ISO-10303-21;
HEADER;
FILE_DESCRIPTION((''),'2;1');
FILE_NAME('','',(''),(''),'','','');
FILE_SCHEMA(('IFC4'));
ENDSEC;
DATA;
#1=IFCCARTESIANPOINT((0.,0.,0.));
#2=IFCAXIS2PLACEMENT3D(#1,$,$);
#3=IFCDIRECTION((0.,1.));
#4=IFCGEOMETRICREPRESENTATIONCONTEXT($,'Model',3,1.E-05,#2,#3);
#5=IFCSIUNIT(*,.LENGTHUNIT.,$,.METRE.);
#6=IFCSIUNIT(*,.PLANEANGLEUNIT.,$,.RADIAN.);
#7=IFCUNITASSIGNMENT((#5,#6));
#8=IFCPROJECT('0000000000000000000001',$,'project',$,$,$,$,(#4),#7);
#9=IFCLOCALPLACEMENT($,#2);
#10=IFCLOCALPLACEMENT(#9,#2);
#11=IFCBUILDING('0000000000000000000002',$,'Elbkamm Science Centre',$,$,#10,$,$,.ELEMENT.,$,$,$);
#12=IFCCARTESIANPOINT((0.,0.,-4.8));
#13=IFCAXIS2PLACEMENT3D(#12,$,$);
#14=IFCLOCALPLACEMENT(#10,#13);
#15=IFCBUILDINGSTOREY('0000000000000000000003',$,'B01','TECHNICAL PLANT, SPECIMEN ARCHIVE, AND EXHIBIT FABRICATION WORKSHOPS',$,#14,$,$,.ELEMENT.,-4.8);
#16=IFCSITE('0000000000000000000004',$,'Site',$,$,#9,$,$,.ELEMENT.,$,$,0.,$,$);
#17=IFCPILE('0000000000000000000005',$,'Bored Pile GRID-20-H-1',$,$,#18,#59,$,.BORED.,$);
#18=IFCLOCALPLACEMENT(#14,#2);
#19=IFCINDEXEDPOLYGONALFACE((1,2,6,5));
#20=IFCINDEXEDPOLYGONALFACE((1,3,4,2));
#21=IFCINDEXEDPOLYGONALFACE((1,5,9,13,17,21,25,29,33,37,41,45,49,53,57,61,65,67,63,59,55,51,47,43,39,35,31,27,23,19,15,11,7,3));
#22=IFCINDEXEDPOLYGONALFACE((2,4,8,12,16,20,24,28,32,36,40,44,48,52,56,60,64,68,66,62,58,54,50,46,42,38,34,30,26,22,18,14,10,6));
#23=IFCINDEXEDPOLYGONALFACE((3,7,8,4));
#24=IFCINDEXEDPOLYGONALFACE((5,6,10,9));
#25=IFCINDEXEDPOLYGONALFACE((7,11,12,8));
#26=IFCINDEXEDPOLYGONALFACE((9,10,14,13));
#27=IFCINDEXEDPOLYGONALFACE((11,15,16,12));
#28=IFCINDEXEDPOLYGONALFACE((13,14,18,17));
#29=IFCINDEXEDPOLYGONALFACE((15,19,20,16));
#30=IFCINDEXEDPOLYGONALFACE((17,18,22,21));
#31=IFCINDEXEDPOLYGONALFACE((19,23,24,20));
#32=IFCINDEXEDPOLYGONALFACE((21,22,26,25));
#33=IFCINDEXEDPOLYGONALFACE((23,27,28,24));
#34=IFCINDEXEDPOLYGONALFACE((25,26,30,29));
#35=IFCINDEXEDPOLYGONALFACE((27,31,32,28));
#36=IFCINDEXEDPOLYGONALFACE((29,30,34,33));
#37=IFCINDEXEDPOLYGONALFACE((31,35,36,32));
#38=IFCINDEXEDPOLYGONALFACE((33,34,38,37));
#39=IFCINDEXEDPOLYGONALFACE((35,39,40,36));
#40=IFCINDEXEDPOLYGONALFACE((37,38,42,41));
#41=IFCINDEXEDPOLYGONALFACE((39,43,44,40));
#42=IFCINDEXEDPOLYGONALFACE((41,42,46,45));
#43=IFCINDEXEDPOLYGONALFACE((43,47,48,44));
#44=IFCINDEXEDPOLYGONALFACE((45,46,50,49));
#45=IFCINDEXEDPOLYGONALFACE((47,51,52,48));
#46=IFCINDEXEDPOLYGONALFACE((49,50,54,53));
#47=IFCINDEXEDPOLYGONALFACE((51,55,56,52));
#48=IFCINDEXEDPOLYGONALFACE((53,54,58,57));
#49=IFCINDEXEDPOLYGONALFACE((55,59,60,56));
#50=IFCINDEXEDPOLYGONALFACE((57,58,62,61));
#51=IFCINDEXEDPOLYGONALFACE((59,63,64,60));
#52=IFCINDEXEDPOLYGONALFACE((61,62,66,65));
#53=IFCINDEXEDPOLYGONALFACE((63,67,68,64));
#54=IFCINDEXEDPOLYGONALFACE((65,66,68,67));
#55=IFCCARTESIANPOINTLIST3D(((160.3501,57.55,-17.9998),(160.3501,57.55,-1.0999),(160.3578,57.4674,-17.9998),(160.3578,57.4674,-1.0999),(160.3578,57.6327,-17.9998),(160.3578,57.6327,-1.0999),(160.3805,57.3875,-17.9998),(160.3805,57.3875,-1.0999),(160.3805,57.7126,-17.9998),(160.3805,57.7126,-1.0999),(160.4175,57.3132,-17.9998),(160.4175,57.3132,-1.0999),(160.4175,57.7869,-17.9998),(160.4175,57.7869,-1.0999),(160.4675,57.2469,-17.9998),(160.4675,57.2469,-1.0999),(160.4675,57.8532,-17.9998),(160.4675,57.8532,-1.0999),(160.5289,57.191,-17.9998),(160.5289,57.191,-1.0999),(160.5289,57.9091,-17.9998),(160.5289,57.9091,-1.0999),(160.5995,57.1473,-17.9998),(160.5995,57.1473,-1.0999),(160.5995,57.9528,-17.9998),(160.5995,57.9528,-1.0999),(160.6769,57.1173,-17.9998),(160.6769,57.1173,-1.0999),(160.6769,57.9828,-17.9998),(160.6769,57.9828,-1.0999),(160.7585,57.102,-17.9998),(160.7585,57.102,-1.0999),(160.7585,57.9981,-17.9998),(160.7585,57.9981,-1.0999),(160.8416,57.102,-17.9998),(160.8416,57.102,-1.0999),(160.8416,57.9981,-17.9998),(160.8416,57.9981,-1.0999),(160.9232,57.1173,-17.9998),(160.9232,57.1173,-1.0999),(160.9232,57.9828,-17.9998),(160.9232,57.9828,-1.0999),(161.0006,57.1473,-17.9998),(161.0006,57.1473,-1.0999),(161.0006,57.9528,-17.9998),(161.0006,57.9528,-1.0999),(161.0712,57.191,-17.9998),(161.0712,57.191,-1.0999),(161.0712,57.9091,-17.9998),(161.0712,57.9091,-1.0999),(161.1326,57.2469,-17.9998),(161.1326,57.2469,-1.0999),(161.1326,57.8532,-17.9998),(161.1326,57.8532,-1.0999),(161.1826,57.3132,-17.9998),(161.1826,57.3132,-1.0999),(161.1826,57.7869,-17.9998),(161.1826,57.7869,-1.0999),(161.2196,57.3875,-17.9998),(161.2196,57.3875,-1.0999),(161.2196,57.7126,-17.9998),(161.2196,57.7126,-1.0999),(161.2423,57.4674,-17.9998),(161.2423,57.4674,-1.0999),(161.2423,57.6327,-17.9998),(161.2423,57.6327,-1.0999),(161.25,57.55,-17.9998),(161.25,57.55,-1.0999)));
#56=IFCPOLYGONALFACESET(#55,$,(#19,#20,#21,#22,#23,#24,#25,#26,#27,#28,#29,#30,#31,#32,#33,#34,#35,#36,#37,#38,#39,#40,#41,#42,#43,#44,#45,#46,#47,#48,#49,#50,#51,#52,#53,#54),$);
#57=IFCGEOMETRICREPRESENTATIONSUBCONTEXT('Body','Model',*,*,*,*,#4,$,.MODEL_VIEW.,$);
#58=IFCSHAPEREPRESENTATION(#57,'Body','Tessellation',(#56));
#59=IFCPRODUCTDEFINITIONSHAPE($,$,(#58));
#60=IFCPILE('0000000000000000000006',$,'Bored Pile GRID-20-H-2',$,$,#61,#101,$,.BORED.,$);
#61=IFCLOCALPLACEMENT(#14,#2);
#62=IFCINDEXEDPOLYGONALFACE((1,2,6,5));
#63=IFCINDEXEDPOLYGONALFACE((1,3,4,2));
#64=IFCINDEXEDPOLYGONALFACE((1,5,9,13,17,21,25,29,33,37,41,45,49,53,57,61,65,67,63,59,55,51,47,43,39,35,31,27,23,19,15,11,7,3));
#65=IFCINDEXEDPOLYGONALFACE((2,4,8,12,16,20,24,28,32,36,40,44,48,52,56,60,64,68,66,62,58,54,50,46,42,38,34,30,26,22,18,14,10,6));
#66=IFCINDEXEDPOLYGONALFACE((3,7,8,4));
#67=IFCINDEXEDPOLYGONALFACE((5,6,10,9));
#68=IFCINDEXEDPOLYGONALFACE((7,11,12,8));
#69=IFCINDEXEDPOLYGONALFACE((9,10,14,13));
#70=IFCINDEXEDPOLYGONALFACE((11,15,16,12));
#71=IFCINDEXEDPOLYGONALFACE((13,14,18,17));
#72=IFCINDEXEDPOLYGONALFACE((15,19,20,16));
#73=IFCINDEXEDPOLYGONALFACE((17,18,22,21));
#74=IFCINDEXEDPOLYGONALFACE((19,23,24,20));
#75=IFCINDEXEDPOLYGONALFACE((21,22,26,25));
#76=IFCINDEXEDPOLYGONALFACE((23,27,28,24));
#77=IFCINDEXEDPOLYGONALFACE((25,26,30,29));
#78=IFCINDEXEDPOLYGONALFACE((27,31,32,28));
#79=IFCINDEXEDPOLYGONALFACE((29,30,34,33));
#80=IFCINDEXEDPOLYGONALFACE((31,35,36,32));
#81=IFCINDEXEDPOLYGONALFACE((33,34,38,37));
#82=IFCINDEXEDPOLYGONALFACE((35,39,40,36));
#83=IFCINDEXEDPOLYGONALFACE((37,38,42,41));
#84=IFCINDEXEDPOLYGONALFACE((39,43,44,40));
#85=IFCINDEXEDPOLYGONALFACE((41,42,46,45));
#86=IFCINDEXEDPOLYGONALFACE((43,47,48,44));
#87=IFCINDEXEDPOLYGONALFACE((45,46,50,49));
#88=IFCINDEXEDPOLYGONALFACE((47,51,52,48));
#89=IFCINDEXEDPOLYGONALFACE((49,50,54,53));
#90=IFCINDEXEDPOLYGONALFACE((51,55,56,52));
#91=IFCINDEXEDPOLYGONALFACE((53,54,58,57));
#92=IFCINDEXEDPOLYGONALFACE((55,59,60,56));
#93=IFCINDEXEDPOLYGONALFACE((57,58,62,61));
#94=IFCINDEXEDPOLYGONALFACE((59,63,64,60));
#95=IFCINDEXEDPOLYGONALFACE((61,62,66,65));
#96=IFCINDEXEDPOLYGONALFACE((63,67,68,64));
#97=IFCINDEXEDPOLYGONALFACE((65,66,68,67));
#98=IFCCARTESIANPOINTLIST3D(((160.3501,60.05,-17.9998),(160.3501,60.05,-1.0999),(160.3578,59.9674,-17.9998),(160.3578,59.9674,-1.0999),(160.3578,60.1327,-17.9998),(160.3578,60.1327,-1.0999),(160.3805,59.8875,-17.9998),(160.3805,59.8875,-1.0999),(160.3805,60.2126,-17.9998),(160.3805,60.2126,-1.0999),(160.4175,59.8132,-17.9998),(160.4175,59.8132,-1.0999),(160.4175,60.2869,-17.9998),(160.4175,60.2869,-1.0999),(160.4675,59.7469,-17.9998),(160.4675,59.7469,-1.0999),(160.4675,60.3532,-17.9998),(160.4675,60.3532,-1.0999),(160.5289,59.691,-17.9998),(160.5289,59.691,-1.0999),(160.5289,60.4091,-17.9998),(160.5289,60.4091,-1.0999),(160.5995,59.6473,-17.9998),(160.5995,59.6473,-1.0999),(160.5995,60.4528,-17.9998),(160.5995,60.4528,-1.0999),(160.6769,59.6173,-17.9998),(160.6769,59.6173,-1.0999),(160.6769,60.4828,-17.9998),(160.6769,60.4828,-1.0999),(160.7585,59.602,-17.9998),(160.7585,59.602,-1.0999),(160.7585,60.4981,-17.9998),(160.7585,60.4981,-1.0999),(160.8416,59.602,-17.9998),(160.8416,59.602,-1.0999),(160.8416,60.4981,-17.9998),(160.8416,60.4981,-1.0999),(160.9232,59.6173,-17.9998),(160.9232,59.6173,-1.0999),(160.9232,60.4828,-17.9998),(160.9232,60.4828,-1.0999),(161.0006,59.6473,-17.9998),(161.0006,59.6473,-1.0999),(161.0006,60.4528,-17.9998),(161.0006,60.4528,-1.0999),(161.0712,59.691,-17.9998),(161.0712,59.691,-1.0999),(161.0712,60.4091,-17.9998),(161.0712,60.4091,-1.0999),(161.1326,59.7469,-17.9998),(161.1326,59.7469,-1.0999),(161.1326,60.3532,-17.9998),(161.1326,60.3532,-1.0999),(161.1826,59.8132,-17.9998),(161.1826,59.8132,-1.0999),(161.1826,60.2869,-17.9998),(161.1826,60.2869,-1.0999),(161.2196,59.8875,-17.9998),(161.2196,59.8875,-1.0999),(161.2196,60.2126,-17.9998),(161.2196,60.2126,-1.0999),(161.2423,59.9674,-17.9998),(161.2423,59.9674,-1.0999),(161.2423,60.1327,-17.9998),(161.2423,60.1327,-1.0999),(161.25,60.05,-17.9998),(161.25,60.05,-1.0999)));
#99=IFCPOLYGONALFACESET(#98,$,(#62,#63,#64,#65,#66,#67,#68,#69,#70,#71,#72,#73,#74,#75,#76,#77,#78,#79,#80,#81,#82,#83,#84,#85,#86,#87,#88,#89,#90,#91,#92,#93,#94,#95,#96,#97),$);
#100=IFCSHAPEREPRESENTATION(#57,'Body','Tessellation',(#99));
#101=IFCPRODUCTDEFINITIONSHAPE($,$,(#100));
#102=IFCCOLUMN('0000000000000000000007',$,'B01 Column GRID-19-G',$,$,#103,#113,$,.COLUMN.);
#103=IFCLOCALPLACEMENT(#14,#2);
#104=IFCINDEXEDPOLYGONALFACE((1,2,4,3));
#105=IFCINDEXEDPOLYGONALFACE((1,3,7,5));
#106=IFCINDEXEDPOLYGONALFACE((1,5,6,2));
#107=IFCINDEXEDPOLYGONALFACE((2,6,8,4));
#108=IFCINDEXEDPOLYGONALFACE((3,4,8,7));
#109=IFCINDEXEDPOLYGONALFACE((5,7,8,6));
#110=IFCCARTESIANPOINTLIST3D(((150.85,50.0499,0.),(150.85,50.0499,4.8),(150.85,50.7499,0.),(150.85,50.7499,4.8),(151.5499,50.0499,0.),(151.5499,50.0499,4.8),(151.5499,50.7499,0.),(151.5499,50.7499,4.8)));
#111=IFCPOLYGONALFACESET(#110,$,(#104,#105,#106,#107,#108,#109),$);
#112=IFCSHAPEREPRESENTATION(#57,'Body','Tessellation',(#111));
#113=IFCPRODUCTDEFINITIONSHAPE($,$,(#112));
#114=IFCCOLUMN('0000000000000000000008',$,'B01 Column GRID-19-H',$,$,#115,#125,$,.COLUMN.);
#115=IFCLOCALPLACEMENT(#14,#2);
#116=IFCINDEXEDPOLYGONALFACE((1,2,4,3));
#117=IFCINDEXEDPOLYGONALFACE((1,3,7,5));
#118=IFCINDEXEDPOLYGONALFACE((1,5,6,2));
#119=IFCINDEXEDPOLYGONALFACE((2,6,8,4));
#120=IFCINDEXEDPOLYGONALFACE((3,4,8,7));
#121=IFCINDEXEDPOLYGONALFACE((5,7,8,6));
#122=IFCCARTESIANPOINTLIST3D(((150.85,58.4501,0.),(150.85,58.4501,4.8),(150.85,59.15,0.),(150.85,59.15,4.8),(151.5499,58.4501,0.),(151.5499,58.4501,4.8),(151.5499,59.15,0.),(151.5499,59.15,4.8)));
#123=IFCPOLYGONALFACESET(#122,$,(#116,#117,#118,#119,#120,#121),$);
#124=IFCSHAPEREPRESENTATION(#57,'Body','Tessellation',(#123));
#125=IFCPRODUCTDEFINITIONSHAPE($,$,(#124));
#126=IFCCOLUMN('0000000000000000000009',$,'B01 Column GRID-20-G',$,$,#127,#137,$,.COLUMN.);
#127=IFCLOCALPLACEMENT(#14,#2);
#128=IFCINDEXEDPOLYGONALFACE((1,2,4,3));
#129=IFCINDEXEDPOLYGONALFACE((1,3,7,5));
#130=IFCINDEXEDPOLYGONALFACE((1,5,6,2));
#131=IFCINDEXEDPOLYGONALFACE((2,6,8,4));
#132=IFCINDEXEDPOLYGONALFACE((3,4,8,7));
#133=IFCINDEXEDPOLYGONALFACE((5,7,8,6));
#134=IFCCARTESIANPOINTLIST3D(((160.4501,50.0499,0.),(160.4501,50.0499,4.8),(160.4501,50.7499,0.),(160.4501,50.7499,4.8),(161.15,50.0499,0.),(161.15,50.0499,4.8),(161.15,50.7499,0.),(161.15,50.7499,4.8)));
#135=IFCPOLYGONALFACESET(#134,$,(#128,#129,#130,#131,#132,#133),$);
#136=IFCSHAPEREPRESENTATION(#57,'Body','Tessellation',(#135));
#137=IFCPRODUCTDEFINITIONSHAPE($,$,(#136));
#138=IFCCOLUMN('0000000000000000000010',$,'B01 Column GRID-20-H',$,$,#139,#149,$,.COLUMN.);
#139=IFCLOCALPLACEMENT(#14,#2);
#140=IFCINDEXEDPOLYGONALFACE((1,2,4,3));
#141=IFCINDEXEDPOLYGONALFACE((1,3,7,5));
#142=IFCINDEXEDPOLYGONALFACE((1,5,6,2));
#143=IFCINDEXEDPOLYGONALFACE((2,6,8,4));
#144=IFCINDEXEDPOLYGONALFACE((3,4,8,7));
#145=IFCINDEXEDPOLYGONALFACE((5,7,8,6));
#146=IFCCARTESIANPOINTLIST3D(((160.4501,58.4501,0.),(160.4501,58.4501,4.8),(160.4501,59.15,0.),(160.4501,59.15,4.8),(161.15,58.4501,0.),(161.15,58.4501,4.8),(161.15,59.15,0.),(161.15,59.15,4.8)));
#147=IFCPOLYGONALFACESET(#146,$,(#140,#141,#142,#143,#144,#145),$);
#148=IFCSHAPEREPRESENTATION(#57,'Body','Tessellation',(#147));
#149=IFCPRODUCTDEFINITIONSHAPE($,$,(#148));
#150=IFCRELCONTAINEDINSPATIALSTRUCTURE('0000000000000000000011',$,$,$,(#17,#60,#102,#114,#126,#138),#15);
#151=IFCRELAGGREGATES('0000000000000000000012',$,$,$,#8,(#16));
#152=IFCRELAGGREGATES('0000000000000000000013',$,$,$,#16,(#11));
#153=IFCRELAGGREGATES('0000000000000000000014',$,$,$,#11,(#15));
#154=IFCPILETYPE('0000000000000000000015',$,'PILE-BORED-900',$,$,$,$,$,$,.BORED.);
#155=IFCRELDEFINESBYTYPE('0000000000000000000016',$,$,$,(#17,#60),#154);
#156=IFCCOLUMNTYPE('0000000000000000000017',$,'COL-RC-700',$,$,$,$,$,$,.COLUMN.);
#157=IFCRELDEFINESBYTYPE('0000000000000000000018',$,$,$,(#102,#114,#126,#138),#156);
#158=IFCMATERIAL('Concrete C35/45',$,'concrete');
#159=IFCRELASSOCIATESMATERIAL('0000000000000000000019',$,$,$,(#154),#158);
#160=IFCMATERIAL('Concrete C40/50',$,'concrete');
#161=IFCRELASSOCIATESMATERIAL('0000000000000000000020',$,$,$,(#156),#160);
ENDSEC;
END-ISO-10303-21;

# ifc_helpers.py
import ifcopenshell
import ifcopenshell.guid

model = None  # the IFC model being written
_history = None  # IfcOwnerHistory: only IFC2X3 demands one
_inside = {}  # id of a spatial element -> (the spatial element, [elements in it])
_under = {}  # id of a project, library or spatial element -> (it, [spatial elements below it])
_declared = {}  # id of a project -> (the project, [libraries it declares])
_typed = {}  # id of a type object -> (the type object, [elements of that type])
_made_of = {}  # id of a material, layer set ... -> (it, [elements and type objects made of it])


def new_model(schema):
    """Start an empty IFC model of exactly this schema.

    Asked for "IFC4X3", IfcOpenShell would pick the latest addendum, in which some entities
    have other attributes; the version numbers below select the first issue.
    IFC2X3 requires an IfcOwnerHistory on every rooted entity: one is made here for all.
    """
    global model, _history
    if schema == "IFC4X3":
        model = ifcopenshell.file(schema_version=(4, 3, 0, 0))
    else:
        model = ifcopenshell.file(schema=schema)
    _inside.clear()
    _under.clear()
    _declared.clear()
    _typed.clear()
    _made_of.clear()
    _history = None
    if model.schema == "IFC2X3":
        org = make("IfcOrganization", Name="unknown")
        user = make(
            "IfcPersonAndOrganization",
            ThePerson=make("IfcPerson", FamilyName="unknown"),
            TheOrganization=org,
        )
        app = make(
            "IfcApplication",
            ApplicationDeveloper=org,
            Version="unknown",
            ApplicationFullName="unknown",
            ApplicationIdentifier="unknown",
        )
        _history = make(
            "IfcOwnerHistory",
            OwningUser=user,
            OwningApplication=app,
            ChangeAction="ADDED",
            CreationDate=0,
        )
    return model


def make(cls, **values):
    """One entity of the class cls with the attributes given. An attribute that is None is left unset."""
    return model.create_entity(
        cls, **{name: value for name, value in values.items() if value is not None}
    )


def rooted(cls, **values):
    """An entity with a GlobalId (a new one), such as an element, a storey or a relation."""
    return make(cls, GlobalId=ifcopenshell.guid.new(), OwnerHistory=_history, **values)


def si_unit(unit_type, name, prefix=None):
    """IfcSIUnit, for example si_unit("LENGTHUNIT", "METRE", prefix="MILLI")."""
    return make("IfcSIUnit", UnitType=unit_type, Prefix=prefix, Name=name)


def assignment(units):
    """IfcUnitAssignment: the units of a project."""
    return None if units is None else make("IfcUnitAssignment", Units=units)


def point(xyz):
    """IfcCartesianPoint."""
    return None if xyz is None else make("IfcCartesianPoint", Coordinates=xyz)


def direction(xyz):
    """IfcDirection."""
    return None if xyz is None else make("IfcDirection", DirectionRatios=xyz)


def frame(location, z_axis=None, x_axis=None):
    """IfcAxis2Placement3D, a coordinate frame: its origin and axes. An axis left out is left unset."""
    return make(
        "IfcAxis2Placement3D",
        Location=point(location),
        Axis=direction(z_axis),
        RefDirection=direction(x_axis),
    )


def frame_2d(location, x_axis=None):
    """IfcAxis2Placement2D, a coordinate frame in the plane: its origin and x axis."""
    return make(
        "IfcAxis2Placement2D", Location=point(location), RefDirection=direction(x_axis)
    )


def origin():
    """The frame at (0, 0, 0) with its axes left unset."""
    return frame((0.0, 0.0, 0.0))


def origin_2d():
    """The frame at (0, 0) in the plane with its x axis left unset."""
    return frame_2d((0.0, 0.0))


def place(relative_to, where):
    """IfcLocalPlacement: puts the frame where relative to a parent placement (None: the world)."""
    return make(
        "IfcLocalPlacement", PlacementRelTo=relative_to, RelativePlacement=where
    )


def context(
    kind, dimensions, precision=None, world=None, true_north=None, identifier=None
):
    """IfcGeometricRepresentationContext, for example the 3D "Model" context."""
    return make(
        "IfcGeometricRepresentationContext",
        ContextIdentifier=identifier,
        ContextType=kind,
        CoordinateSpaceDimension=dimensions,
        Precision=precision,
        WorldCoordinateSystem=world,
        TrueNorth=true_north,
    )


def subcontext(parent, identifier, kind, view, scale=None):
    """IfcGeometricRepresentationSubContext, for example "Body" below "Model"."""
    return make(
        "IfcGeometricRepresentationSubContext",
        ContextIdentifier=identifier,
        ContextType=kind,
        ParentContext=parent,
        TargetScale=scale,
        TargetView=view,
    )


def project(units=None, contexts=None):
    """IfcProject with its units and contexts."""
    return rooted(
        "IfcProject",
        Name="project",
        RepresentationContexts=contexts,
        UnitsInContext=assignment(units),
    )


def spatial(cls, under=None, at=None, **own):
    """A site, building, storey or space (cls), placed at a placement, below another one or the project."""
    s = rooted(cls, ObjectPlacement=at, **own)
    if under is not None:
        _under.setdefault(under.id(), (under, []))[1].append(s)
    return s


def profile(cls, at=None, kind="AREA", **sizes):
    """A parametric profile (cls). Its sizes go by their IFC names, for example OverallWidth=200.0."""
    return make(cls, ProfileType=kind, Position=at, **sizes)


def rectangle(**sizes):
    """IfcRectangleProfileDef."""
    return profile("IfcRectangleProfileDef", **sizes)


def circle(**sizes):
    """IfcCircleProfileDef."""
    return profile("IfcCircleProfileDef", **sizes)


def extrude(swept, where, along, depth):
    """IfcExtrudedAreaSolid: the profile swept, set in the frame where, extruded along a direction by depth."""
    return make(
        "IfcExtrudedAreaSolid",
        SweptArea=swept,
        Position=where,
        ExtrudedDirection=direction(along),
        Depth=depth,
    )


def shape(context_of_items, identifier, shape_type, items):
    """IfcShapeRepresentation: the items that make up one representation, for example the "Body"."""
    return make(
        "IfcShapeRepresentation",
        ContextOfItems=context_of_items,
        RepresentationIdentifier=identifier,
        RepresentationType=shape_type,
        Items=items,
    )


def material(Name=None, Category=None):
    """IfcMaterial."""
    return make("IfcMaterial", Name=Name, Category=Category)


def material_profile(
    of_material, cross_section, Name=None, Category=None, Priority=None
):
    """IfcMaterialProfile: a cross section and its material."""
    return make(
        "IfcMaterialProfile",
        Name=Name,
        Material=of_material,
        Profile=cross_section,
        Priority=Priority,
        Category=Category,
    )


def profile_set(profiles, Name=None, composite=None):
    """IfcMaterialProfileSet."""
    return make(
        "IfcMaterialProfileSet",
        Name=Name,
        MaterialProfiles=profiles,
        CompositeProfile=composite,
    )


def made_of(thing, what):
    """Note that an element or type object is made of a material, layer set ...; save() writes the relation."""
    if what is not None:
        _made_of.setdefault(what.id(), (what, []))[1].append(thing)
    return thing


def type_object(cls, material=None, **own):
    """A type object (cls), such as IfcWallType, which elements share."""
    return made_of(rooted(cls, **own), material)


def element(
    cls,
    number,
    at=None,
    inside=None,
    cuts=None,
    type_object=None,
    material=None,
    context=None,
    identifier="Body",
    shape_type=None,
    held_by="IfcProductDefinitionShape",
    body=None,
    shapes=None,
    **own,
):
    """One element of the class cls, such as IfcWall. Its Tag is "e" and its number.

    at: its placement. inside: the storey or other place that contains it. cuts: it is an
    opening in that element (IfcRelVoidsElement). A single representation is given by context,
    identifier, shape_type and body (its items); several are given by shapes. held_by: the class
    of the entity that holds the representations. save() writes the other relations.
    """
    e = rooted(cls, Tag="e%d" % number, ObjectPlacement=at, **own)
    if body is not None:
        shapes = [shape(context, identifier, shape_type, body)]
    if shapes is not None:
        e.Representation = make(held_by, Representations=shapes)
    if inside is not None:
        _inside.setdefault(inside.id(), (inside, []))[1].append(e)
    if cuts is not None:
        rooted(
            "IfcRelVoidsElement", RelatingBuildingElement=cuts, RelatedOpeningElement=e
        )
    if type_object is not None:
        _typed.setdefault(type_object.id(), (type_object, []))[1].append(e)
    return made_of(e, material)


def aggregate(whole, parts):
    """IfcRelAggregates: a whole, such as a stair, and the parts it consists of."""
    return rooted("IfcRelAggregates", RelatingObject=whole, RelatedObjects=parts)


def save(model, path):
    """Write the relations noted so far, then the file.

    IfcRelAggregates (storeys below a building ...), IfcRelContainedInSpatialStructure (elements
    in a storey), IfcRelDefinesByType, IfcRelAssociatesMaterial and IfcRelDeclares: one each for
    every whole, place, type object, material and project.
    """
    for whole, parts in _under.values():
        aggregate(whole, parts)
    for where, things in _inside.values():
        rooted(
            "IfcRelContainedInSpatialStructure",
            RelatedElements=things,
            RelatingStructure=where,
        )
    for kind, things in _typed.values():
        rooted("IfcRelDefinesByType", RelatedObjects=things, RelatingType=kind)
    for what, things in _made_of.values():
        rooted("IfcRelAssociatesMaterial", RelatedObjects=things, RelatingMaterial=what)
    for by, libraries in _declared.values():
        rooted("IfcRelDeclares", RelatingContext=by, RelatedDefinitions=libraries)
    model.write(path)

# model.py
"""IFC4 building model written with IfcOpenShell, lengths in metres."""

from ifc_helpers import new_model, si_unit, direction, frame, origin, origin_2d, place, context, subcontext, project, spatial, rectangle, circle, extrude, material, material_profile, profile_set, type_object, element, save


model = new_model("IFC4")

# Units and contexts
model_context = context("Model", 3, precision=1e-05, world=origin(), true_north=direction((0.0, 1.0)))
body_context = subcontext(model_context, "Body", "Model", "MODEL_VIEW")
ifc_project = project(units=[si_unit("LENGTHUNIT", "METRE"), si_unit("PLANEANGLEUNIT", "RADIAN")], contexts=[model_context])

# Site, building, storey
site_placement = place(None, origin())
site = spatial("IfcSite", under=ifc_project, at=site_placement, Name="Site", CompositionType="ELEMENT", RefElevation=0.0)
building_placement = place(site_placement, origin())
building = spatial("IfcBuilding", under=site, at=building_placement, Name="Elbkamm Science Centre", CompositionType="ELEMENT")
storey_placement = place(building_placement, frame((0.0, 0.0, -4.8)))
storey = spatial("IfcBuildingStorey", under=building, at=storey_placement, Name="B01", Description="TECHNICAL PLANT, SPECIMEN ARCHIVE, AND EXHIBIT FABRICATION WORKSHOPS", CompositionType="ELEMENT", Elevation=-4.8)

# Shared definitions
ifc_material_1 = material(Name="Concrete C35/45", Category="concrete")

# Piles
ifc_material_profile_1 = material_profile(ifc_material_1, circle(Radius=0.45, at=origin_2d()), Name="PILE D900")
ifc_profile_set_1 = profile_set([ifc_material_profile_1], Name="Concrete C35/45")
pile_type_1 = type_object("IfcPileType", Name="PILE-BORED-900", PredefinedType="BORED", material=ifc_profile_set_1)
for number, where, z_axis, x_axis, name in (
    (1, (160.8, 57.55, -1.0999), (0.0, 0.0, -1.0), (1.0, 0.0, 0.0), "Bored Pile GRID-20-H-1"),
    (2, (160.8, 60.05, -1.0999), (0.0, 0.0, -1.0), (1.0, 0.0, 0.0), "Bored Pile GRID-20-H-2"),
):
    element("IfcPile", number, at=place(storey_placement, frame(where, z_axis=z_axis, x_axis=x_axis)), inside=storey, type_object=pile_type_1, Name=name, PredefinedType="BORED", context=body_context, shape_type="SweptSolid", body=[
        extrude(circle(Radius=0.45, at=origin_2d()), origin(), (0.0, 0.0, 1.0), 16.8999),
    ])

# Columns
ifc_material_2 = material(Name="Concrete C40/50", Category="concrete")
ifc_material_profile_2 = material_profile(ifc_material_2, rectangle(XDim=0.7, YDim=0.7, at=origin_2d()), Name="RC 700x700")
ifc_profile_set_2 = profile_set([ifc_material_profile_2], Name="Concrete C40/50")
column_type = type_object("IfcColumnType", Name="COL-RC-700", PredefinedType="COLUMN", material=ifc_profile_set_2)
for number, where, z_axis, x_axis, name in (
    (3, (151.2, 50.3999, 0.0), (0.0, 0.0, 1.0), (1.0, 0.0, 0.0), "B01 Column GRID-19-G"),
    (4, (151.2, 58.8, 0.0), (0.0, 0.0, 1.0), (1.0, 0.0, 0.0), "B01 Column GRID-19-H"),
    (5, (160.8, 50.3999, 0.0), (0.0, 0.0, 1.0), (1.0, 0.0, 0.0), "B01 Column GRID-20-G"),
    (6, (160.8, 58.8, 0.0), (0.0, 0.0, 1.0), (1.0, 0.0, 0.0), "B01 Column GRID-20-H"),
):
    element("IfcColumn", number, at=place(storey_placement, frame(where, z_axis=z_axis, x_axis=x_axis)), inside=storey, type_object=column_type, Name=name, PredefinedType="COLUMN", context=body_context, shape_type="SweptSolid", body=[
        extrude(rectangle(XDim=0.7, YDim=0.7, at=origin_2d()), origin(), (0.0, 0.0, 1.0), 4.8),
    ])

save(model, "model.ifc")
